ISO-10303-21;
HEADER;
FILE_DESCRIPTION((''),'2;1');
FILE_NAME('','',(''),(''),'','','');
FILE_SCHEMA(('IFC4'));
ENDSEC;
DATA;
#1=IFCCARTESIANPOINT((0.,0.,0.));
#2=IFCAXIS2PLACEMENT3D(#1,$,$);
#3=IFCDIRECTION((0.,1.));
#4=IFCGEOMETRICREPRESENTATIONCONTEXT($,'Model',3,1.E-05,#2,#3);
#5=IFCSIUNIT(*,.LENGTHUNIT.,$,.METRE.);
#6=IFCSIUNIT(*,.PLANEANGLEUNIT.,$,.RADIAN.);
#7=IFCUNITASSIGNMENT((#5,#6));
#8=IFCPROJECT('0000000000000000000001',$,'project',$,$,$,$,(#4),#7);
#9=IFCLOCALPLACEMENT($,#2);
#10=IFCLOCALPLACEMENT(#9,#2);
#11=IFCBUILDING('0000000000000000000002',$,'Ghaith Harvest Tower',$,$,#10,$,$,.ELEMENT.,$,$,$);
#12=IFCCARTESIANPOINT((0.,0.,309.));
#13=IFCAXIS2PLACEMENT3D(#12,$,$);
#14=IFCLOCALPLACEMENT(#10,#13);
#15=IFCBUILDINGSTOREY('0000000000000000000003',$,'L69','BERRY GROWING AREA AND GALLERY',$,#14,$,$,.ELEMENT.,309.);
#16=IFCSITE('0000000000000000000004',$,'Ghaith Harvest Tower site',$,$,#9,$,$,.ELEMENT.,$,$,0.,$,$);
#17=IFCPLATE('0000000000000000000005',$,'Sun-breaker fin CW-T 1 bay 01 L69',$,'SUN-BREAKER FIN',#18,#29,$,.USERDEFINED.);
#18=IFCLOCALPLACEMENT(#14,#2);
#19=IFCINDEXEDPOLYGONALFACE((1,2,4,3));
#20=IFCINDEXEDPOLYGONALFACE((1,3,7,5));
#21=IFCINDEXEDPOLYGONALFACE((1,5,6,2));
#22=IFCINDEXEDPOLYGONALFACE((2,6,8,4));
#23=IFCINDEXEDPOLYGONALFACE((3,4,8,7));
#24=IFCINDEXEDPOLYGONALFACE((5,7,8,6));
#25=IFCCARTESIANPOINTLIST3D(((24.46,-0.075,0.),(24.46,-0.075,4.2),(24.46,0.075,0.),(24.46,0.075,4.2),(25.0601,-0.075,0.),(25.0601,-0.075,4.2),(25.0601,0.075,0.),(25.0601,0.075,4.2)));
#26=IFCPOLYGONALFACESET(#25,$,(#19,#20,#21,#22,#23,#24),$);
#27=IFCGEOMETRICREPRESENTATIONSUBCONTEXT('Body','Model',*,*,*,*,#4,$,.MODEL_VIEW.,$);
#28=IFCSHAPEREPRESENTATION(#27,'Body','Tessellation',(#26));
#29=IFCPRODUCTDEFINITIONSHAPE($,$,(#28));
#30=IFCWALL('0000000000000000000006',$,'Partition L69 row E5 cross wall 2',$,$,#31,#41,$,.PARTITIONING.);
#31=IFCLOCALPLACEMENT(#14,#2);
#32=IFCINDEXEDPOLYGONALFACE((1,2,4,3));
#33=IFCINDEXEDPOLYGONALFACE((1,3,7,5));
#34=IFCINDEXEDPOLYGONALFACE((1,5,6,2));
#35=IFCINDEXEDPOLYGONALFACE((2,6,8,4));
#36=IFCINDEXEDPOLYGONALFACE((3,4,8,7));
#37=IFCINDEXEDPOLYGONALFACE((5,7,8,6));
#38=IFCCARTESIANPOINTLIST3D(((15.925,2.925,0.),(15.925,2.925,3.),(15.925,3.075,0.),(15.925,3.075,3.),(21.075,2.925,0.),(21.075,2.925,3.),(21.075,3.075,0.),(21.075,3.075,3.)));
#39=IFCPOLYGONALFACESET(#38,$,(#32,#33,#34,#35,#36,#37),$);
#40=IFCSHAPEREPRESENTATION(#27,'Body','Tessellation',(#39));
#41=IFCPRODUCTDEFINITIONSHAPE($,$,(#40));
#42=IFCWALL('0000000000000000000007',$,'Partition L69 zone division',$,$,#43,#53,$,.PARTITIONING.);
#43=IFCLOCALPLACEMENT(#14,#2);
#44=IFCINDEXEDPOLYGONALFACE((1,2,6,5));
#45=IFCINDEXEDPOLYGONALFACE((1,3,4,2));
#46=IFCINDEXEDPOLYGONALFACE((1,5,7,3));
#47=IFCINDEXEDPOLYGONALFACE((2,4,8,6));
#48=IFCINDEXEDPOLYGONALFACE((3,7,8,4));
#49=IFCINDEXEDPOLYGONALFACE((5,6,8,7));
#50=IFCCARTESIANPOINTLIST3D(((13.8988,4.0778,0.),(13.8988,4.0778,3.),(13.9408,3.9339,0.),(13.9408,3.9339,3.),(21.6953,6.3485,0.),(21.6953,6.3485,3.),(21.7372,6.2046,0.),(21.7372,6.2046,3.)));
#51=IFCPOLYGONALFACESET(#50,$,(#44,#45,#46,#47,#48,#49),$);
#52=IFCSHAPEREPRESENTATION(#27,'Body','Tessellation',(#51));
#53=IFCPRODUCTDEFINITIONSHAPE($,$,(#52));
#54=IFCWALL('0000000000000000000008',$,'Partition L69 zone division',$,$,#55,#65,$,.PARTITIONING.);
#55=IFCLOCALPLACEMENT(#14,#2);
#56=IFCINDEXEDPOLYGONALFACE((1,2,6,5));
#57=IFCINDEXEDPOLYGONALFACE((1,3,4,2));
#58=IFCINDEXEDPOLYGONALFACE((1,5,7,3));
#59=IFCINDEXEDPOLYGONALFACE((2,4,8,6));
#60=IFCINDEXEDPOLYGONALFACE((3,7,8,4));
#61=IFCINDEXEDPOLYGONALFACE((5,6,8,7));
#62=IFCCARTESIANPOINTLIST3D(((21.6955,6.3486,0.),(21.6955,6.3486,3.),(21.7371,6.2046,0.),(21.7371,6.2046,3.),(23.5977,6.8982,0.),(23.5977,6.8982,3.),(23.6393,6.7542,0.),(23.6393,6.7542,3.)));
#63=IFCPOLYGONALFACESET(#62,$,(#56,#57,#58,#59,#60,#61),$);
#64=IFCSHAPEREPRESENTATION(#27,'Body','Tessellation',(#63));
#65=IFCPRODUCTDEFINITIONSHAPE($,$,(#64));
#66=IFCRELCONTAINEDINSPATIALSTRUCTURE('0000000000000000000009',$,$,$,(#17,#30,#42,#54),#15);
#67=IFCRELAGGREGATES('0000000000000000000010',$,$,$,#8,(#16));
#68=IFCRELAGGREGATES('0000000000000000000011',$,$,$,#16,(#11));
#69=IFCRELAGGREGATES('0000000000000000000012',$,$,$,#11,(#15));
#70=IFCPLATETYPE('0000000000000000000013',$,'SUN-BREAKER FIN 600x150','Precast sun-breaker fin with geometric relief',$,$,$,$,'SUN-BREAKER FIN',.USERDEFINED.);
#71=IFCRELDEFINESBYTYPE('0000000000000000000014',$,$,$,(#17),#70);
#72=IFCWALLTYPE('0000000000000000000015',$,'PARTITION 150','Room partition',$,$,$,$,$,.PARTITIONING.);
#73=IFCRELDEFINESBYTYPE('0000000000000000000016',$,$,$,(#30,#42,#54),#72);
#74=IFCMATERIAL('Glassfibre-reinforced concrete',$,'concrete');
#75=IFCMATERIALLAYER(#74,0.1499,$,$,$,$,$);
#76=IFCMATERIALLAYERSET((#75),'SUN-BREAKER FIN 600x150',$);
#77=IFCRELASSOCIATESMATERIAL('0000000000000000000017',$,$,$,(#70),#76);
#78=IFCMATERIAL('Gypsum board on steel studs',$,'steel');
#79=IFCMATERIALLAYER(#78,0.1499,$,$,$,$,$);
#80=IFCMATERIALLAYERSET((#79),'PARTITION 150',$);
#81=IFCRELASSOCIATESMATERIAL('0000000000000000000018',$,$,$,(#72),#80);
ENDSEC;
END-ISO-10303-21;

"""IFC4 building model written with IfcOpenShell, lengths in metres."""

from ifc_helpers import new_model, si_unit, direction, frame, frame_2d, origin, origin_2d, place, context, subcontext, project, spatial, rectangle, extrude, material, layer, layer_set, type_object, element, save


model = new_model("IFC4")

# Units and contexts
model_context = context("Model", 3, precision=1e-05, world=origin(), true_north=direction((0.0, 1.0)))
body_context = subcontext(model_context, "Body", "Model", "MODEL_VIEW")
ifc_project = project(units=[si_unit("LENGTHUNIT", "METRE"), si_unit("PLANEANGLEUNIT", "RADIAN")], contexts=[model_context])

# Site, building, storey
site_placement = place(None, origin())
site = spatial("IfcSite", under=ifc_project, at=site_placement, Name="Ghaith Harvest Tower site", CompositionType="ELEMENT", RefElevation=0.0)
building_placement = place(site_placement, origin())
building = spatial("IfcBuilding", under=site, at=building_placement, Name="Ghaith Harvest Tower", CompositionType="ELEMENT")
storey_placement = place(building_placement, frame((0.0, 0.0, 309.0)))
storey = spatial("IfcBuildingStorey", under=building, at=storey_placement, Name="L69", Description="BERRY GROWING AREA AND GALLERY", CompositionType="ELEMENT", Elevation=309.0)

# Plate
ifc_material_1 = material(Name="Glassfibre-reinforced concrete", Category="concrete")
ifc_layer_1 = layer(ifc_material_1, 0.1499)
ifc_layer_set_1 = layer_set([ifc_layer_1], Name="SUN-BREAKER FIN 600x150")
plate_type_1 = type_object("IfcPlateType", Name="SUN-BREAKER FIN 600x150", Description="Precast sun-breaker fin with geometric relief", ElementType="SUN-BREAKER FIN", PredefinedType="USERDEFINED", material=ifc_layer_set_1)
plate_1_placement = place(storey_placement, frame((24.76, 0.0, 0.0), z_axis=(0.0, 0.0, 1.0), x_axis=(1.0, 0.0, 0.0)))
element("IfcPlate", 1, at=plate_1_placement, inside=storey, type_object=plate_type_1, Name="Sun-breaker fin CW-T 1 bay 01 L69", ObjectType="SUN-BREAKER FIN", PredefinedType="USERDEFINED", context=body_context, shape_type="SweptSolid", body=[
    extrude(rectangle(XDim=0.6001, YDim=0.1499, at=origin_2d()), origin(), (0.0, 0.0, 1.0), 4.2),
])

# Walls
ifc_material_2 = material(Name="Gypsum board on steel studs", Category="steel")
ifc_layer_2 = layer(ifc_material_2, 0.1499)
ifc_layer_set_2 = layer_set([ifc_layer_2], Name="PARTITION 150")
wall_type = type_object("IfcWallType", Name="PARTITION 150", Description="Room partition", PredefinedType="PARTITIONING", material=ifc_layer_set_2)
wall_1_placement = place(storey_placement, frame((15.925, 3.0, 0.0), z_axis=(0.0, 0.0, 1.0), x_axis=(1.0, 0.0, 0.0)))
element("IfcWall", 2, at=wall_1_placement, inside=storey, type_object=wall_type, Name="Partition L69 row E5 cross wall 2", PredefinedType="PARTITIONING", context=body_context, shape_type="SweptSolid", body=[
    extrude(rectangle(XDim=5.1499, YDim=0.1499, at=frame_2d((2.575, 0.0))), origin(), (0.0, 0.0, 1.0), 3.0),
])
wall_2_placement = place(storey_placement, frame((13.9199, 4.0059, 0.0), z_axis=(0.0, 0.0, 1.0), x_axis=(0.960106, 0.279637, 0.0)))
element("IfcWall", 3, at=wall_2_placement, inside=storey, type_object=wall_type, Name="Partition L69 zone division", PredefinedType="PARTITIONING", context=body_context, shape_type="SweptSolid", body=[
    extrude(rectangle(XDim=8.1204, YDim=0.1499, at=frame_2d((4.0601, 0.0))), origin(), (0.0, 0.0, 1.0), 3.0),
])
wall_3_placement = place(storey_placement, frame((21.7163, 6.2766, 0.0), z_axis=(0.0, 0.0, 1.0), x_axis=(0.960705, 0.27757, 0.0)))
element("IfcWall", 4, at=wall_3_placement, inside=storey, type_object=wall_type, Name="Partition L69 zone division", PredefinedType="PARTITIONING", context=body_context, shape_type="SweptSolid", body=[
    extrude(rectangle(XDim=1.98, YDim=0.1499, at=frame_2d((0.99, 0.0))), origin(), (0.0, 0.0, 1.0), 3.0),
])

save(model, "model.ifc")
